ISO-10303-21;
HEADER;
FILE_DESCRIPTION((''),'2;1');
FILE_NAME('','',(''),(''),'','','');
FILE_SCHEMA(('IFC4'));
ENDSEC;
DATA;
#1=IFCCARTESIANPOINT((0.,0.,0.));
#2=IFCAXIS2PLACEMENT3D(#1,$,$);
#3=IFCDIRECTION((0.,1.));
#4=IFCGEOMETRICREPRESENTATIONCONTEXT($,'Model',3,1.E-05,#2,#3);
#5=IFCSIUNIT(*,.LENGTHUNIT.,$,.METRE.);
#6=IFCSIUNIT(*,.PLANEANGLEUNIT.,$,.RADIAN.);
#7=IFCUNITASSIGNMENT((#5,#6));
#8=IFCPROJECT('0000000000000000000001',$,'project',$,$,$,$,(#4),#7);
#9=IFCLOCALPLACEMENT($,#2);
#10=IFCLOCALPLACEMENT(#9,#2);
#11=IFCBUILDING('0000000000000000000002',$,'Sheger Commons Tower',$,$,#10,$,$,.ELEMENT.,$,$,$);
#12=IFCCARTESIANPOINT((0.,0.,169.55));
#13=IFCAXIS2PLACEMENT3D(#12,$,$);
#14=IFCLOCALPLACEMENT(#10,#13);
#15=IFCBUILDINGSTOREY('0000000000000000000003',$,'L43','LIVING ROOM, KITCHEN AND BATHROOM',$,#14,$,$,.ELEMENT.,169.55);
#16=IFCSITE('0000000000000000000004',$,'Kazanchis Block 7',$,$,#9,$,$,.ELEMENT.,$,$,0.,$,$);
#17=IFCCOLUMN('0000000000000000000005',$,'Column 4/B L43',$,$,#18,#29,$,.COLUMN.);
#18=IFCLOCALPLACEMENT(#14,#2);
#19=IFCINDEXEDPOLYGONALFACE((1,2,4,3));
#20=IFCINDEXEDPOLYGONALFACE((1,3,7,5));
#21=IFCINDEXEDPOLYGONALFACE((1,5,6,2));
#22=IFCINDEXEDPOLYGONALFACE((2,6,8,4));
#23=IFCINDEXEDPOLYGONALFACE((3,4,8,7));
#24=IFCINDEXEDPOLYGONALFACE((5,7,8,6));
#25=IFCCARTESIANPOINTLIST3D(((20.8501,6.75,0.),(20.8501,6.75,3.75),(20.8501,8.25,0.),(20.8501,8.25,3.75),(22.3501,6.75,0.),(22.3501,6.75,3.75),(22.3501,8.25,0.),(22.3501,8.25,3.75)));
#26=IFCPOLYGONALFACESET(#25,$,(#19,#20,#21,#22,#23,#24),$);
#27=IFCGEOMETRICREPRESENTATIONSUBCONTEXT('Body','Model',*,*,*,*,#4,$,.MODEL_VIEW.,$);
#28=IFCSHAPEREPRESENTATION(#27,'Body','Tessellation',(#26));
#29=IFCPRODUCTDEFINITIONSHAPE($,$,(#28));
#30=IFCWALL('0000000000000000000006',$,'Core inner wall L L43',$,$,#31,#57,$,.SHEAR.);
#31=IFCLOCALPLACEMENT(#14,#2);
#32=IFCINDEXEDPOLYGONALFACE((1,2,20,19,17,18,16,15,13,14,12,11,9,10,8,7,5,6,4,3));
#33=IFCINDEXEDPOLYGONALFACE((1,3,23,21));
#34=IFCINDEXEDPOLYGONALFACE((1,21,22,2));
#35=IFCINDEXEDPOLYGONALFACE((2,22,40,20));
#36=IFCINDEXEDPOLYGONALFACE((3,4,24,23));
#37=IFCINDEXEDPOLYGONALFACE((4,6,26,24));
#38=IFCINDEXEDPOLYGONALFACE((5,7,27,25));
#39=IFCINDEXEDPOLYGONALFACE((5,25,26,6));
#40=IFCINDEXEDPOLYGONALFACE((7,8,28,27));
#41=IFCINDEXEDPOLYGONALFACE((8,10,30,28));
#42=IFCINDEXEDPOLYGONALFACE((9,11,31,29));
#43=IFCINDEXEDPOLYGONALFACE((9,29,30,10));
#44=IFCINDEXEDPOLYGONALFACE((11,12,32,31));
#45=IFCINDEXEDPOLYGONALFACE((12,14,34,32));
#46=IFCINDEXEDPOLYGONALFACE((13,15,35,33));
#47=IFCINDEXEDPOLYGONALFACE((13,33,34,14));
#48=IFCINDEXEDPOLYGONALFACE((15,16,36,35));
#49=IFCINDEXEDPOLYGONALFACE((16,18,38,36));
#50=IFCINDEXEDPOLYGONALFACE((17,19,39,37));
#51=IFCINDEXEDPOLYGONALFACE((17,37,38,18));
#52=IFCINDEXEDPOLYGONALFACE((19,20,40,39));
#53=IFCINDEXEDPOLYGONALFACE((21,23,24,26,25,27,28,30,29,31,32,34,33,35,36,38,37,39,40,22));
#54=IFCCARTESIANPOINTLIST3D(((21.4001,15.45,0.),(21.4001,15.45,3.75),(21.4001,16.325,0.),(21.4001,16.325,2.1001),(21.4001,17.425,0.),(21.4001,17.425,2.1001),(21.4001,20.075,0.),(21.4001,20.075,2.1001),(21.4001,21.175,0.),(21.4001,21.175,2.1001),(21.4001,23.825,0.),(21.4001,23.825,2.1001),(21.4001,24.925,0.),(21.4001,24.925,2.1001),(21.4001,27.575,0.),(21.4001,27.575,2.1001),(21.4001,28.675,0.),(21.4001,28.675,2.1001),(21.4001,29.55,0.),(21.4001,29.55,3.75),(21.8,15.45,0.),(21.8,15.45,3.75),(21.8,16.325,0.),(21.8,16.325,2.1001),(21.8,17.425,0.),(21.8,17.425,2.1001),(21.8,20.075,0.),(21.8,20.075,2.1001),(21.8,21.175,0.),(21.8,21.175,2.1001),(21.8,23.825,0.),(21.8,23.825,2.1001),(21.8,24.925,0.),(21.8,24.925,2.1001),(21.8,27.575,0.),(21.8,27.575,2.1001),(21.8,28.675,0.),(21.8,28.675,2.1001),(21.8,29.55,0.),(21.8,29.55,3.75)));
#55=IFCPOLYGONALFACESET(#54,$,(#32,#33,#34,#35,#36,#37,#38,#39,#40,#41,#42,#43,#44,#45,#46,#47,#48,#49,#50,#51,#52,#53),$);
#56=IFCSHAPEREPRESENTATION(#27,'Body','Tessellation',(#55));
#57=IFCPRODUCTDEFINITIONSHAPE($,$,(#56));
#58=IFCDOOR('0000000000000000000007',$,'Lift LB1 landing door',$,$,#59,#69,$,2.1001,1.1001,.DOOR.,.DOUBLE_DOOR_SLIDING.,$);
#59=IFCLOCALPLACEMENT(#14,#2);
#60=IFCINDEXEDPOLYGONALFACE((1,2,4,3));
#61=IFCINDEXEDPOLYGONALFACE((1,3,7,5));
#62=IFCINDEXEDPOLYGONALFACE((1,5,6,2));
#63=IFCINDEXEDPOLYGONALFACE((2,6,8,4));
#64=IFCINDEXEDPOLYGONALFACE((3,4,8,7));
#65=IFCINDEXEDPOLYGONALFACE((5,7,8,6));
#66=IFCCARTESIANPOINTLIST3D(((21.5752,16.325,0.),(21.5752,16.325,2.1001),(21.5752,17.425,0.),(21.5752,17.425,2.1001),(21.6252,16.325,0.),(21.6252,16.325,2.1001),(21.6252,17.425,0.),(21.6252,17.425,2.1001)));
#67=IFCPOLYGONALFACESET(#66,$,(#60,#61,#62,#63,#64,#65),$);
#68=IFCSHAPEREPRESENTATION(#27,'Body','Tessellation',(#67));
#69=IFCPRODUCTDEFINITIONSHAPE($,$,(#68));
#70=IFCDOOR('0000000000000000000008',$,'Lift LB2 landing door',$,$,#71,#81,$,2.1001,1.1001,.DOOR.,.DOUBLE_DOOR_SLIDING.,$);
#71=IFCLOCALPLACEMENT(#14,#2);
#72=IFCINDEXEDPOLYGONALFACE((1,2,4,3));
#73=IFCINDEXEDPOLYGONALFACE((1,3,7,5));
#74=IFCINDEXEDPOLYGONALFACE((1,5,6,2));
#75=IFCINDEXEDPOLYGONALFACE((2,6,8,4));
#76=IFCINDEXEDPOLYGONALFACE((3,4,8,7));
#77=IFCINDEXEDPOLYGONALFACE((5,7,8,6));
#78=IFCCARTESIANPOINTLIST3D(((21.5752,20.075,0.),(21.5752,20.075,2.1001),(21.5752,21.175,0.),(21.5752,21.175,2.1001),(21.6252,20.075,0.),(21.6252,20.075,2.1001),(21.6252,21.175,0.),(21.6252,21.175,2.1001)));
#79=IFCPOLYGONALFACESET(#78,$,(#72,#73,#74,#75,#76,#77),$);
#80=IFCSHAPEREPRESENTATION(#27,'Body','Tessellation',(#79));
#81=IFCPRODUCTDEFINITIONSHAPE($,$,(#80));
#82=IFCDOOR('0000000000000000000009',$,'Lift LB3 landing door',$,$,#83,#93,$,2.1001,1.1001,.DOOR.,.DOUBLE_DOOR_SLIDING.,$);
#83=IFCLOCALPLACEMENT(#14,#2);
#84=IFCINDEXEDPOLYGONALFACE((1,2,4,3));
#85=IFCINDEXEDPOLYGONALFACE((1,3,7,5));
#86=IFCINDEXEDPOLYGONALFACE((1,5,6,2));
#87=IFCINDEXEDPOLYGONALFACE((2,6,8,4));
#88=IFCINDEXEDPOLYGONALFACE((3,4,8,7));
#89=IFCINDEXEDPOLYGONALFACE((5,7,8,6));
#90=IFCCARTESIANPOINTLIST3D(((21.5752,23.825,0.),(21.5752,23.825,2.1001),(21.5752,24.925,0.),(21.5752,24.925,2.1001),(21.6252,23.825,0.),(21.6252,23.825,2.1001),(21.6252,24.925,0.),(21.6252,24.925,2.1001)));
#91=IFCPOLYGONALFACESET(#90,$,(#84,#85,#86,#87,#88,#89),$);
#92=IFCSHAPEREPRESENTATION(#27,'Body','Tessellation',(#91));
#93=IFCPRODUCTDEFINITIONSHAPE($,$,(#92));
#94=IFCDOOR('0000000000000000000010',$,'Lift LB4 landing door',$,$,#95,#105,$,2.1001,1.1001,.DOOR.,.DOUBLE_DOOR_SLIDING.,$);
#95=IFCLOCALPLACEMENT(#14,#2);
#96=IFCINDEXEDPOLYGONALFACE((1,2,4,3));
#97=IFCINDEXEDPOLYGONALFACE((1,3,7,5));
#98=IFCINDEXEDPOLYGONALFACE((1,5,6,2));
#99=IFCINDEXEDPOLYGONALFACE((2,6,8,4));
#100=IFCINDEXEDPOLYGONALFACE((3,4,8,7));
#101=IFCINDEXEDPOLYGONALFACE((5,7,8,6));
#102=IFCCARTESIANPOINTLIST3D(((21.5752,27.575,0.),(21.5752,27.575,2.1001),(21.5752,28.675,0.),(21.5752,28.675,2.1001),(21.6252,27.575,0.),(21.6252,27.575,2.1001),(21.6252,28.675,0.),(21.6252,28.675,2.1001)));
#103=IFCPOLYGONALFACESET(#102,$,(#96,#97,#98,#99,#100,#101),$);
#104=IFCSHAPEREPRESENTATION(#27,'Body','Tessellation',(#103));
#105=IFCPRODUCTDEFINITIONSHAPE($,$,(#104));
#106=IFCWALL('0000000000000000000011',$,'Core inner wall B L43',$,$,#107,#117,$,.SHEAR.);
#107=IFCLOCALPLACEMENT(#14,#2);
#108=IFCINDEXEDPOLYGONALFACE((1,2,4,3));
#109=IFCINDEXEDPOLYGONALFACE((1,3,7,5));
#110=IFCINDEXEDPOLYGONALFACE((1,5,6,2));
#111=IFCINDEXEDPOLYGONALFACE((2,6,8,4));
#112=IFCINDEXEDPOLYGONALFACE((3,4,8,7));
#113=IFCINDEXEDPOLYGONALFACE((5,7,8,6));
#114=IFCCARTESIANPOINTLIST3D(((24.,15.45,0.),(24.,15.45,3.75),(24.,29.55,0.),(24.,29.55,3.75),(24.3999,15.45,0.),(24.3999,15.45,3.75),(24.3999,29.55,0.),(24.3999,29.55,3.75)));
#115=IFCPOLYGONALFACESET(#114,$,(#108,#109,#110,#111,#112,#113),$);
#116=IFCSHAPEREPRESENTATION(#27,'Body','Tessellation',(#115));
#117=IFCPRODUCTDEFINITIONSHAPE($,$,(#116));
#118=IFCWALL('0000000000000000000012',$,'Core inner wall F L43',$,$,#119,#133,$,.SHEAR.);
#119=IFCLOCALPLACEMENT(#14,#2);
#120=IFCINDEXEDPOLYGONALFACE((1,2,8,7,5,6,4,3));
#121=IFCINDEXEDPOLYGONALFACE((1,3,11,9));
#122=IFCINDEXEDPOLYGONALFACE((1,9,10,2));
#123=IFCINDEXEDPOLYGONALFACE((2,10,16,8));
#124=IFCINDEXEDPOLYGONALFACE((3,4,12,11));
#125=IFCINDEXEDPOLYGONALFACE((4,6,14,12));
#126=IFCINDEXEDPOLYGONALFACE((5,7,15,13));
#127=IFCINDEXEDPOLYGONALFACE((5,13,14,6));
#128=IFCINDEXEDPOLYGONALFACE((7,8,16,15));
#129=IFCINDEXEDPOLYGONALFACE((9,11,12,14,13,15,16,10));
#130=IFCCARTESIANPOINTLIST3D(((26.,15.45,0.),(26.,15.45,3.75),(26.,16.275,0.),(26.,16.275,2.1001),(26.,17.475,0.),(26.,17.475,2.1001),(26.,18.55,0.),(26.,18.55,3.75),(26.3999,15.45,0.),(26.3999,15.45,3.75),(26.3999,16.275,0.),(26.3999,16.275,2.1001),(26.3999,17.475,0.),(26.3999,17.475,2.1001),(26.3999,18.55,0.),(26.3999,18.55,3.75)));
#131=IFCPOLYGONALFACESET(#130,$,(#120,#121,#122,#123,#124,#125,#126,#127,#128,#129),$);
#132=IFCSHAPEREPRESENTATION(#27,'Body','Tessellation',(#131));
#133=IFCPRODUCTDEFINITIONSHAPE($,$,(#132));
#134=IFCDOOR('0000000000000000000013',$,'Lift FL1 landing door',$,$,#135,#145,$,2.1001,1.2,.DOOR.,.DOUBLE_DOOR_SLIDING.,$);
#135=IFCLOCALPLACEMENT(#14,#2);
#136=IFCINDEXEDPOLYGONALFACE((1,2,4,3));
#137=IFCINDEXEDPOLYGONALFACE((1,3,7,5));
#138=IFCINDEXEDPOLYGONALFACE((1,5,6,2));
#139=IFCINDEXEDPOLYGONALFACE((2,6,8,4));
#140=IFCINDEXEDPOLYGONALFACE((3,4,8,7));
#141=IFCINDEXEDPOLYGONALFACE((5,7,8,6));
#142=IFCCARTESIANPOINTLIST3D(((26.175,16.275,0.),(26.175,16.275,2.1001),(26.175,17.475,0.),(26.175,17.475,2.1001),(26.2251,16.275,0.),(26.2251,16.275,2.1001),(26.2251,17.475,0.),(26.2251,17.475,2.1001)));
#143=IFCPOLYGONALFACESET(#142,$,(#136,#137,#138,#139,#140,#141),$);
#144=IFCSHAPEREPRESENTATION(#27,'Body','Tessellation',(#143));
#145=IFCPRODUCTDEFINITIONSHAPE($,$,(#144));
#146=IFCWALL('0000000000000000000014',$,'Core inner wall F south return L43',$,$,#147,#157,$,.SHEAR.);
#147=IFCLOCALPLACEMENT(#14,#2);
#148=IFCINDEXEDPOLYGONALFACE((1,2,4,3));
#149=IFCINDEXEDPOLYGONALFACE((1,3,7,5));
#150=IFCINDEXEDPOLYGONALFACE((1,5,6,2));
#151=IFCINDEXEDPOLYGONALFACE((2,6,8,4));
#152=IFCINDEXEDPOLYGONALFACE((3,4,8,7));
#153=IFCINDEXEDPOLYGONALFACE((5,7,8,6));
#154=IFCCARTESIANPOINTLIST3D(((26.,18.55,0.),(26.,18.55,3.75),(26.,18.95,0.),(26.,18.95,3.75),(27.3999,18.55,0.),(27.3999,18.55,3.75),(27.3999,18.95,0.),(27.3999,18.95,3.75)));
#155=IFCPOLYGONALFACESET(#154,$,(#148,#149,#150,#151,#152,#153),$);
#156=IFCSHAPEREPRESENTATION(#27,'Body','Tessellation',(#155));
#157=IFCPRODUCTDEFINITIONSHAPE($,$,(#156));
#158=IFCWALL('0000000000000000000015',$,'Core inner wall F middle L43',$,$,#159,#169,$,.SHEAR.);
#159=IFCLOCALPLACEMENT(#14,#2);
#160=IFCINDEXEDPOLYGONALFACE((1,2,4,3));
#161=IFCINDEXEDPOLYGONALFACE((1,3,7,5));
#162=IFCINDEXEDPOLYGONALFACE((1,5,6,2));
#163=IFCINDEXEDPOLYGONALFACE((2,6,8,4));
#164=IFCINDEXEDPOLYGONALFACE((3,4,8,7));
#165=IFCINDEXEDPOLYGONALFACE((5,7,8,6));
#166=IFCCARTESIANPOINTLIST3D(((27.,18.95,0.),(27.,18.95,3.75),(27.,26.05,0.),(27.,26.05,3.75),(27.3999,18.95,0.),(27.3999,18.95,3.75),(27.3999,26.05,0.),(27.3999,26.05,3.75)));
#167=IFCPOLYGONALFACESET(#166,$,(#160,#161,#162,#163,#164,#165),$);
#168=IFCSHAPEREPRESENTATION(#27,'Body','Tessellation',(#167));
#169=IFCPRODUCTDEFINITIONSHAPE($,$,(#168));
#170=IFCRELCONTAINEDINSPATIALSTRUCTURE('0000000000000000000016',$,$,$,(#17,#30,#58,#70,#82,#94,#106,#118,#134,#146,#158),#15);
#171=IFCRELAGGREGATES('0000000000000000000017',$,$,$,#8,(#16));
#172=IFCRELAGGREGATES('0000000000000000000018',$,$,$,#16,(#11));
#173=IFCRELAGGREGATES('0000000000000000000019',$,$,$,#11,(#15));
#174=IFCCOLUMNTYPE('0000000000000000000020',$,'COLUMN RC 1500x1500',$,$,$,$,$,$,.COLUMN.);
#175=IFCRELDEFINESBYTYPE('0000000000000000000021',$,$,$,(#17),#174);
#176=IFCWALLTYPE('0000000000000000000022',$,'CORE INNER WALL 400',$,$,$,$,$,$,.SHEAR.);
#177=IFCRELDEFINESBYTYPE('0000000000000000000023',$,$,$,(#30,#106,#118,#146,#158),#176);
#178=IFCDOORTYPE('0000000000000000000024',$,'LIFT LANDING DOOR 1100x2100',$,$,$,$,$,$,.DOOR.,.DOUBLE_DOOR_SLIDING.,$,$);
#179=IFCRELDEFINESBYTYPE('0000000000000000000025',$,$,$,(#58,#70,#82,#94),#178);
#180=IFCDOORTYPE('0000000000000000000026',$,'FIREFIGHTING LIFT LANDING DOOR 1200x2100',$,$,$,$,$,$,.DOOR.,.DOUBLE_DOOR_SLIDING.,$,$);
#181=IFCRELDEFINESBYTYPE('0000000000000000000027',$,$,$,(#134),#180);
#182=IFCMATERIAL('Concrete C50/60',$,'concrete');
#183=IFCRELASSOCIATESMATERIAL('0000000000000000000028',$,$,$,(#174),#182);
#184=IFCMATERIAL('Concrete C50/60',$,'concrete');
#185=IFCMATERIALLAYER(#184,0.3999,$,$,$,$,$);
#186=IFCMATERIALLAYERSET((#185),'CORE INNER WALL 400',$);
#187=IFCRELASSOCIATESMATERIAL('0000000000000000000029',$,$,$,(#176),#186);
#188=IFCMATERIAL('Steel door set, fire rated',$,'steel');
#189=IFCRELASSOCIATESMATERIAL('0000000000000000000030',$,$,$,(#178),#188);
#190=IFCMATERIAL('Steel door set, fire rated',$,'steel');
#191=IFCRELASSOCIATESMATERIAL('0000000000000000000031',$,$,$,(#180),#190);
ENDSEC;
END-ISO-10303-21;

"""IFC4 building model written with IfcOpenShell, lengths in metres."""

from ifc_helpers import new_model, si_unit, direction, frame, frame_2d, origin, origin_2d, place, context, subcontext, project, spatial, rectangle, extrude, material, layer, layer_set, material_profile, profile_set, type_object, element, fill, save


model = new_model("IFC4")

# Units and contexts
model_context = context("Model", 3, precision=1e-05, world=origin(), true_north=direction((0.0, 1.0)))
body_context = subcontext(model_context, "Body", "Model", "MODEL_VIEW")
ifc_project = project(units=[si_unit("LENGTHUNIT", "METRE"), si_unit("PLANEANGLEUNIT", "RADIAN")], contexts=[model_context])

# Site, building, storey
site_placement = place(None, origin())
site = spatial("IfcSite", under=ifc_project, at=site_placement, Name="Kazanchis Block 7", CompositionType="ELEMENT", RefElevation=0.0)
building_placement = place(site_placement, origin())
building = spatial("IfcBuilding", under=site, at=building_placement, Name="Sheger Commons Tower", CompositionType="ELEMENT")
storey_placement = place(building_placement, frame((0.0, 0.0, 169.55)))
storey = spatial("IfcBuildingStorey", under=building, at=storey_placement, Name="L43", Description="LIVING ROOM, KITCHEN AND BATHROOM", CompositionType="ELEMENT", Elevation=169.55)

# Column
ifc_material_1 = material(Name="Concrete C50/60", Category="concrete")
ifc_material_profile = material_profile(ifc_material_1, rectangle(XDim=1.5, YDim=1.5, at=origin_2d()), Name="RC 1500x1500")
ifc_profile_set = profile_set([ifc_material_profile], Name="Concrete C50/60")
column_type = type_object("IfcColumnType", Name="COLUMN RC 1500x1500", PredefinedType="COLUMN", material=ifc_profile_set)
column_placement = place(storey_placement, frame((21.6001, 7.5, 0.0), z_axis=(0.0, 0.0, 1.0), x_axis=(1.0, 0.0, 0.0)))
element("IfcColumn", 1, at=column_placement, inside=storey, type_object=column_type, Name="Column 4/B L43", PredefinedType="COLUMN", context=body_context, shape_type="SweptSolid", body=[
    extrude(rectangle(XDim=1.5, YDim=1.5, at=origin_2d()), origin(), (0.0, 0.0, 1.0), 3.75),
])

# Wall, openings, doors
ifc_material_2 = material(Name="Concrete C50/60", Category="concrete")
ifc_layer_1 = layer(ifc_material_2, 0.3999)
ifc_layer_set_1 = layer_set([ifc_layer_1], Name="CORE INNER WALL 400")
wall_type_1 = type_object("IfcWallType", Name="CORE INNER WALL 400", PredefinedType="SHEAR", material=ifc_layer_set_1)
wall_1_placement = place(storey_placement, frame((21.6001, 15.45, 0.0), z_axis=(0.0, 0.0, 1.0), x_axis=(0.0, 1.0, 0.0)))
wall_1 = element("IfcWall", 2, at=wall_1_placement, inside=storey, type_object=wall_type_1, Name="Core inner wall L L43", PredefinedType="SHEAR", context=body_context, shape_type="SweptSolid", body=[
    extrude(rectangle(XDim=14.1001, YDim=0.3999, at=frame_2d((7.05, 0.0))), origin(), (0.0, 0.0, 1.0), 3.75),
])
opening_1_placement = place(wall_1_placement, frame((0.875, 0.0, 0.0)))
opening_1 = element("IfcOpeningElement", 3, at=opening_1_placement, cuts=wall_1, PredefinedType="OPENING", context=body_context, shape_type="SweptSolid", body=[
    extrude(rectangle(XDim=1.1001, YDim=2.1001, at=frame_2d((0.55, 1.05))), frame((0.0, 0.21, 0.0), z_axis=(0.0, -1.0, 0.0), x_axis=(1.0, 0.0, 0.0)), (0.0, 0.0, 1.0), 0.4199),
])
opening_2_placement = place(wall_1_placement, frame((4.625, 0.0, 0.0)))
opening_2 = element("IfcOpeningElement", 4, at=opening_2_placement, cuts=wall_1, PredefinedType="OPENING", context=body_context, shape_type="SweptSolid", body=[
    extrude(rectangle(XDim=1.1001, YDim=2.1001, at=frame_2d((0.55, 1.05))), frame((0.0, 0.21, 0.0), z_axis=(0.0, -1.0, 0.0), x_axis=(1.0, 0.0, 0.0)), (0.0, 0.0, 1.0), 0.4199),
])
opening_3_placement = place(wall_1_placement, frame((8.375, 0.0, 0.0)))
opening_3 = element("IfcOpeningElement", 5, at=opening_3_placement, cuts=wall_1, PredefinedType="OPENING", context=body_context, shape_type="SweptSolid", body=[
    extrude(rectangle(XDim=1.1001, YDim=2.1001, at=frame_2d((0.55, 1.05))), frame((0.0, 0.21, 0.0), z_axis=(0.0, -1.0, 0.0), x_axis=(1.0, 0.0, 0.0)), (0.0, 0.0, 1.0), 0.4199),
])
opening_4_placement = place(wall_1_placement, frame((12.125, 0.0, 0.0)))
opening_4 = element("IfcOpeningElement", 6, at=opening_4_placement, cuts=wall_1, PredefinedType="OPENING", context=body_context, shape_type="SweptSolid", body=[
    extrude(rectangle(XDim=1.1001, YDim=2.1001, at=frame_2d((0.55, 1.05))), frame((0.0, 0.21, 0.0), z_axis=(0.0, -1.0, 0.0), x_axis=(1.0, 0.0, 0.0)), (0.0, 0.0, 1.0), 0.4199),
])
ifc_material_3 = material(Name="Steel door set, fire rated", Category="steel")
door_type_1 = type_object("IfcDoorType", Name="LIFT LANDING DOOR 1100x2100", OperationType="DOUBLE_DOOR_SLIDING", PredefinedType="DOOR", material=ifc_material_3)
door_1_placement = place(opening_1_placement, origin())
door_1 = element("IfcDoor", 7, at=door_1_placement, inside=storey, type_object=door_type_1, Name="Lift LB1 landing door", OperationType="DOUBLE_DOOR_SLIDING", OverallHeight=2.1001, OverallWidth=1.1001, PredefinedType="DOOR", context=body_context, shape_type="SweptSolid", body=[
    extrude(rectangle(XDim=1.1001, YDim=2.1001, at=frame_2d((0.55, 1.05))), frame((0.0, 0.0249, 0.0), z_axis=(0.0, -1.0, 0.0), x_axis=(1.0, 0.0, 0.0)), (0.0, 0.0, 1.0), 0.05),
])
fill(opening_1, door_1)
door_2_placement = place(opening_2_placement, origin())
door_2 = element("IfcDoor", 8, at=door_2_placement, inside=storey, type_object=door_type_1, Name="Lift LB2 landing door", OperationType="DOUBLE_DOOR_SLIDING", OverallHeight=2.1001, OverallWidth=1.1001, PredefinedType="DOOR", context=body_context, shape_type="SweptSolid", body=[
    extrude(rectangle(XDim=1.1001, YDim=2.1001, at=frame_2d((0.55, 1.05))), frame((0.0, 0.0249, 0.0), z_axis=(0.0, -1.0, 0.0), x_axis=(1.0, 0.0, 0.0)), (0.0, 0.0, 1.0), 0.05),
])
fill(opening_2, door_2)
door_3_placement = place(opening_3_placement, origin())
door_3 = element("IfcDoor", 9, at=door_3_placement, inside=storey, type_object=door_type_1, Name="Lift LB3 landing door", OperationType="DOUBLE_DOOR_SLIDING", OverallHeight=2.1001, OverallWidth=1.1001, PredefinedType="DOOR", context=body_context, shape_type="SweptSolid", body=[
    extrude(rectangle(XDim=1.1001, YDim=2.1001, at=frame_2d((0.55, 1.05))), frame((0.0, 0.0249, 0.0), z_axis=(0.0, -1.0, 0.0), x_axis=(1.0, 0.0, 0.0)), (0.0, 0.0, 1.0), 0.05),
])
fill(opening_3, door_3)
door_4_placement = place(opening_4_placement, origin())
door_4 = element("IfcDoor", 10, at=door_4_placement, inside=storey, type_object=door_type_1, Name="Lift LB4 landing door", OperationType="DOUBLE_DOOR_SLIDING", OverallHeight=2.1001, OverallWidth=1.1001, PredefinedType="DOOR", context=body_context, shape_type="SweptSolid", body=[
    extrude(rectangle(XDim=1.1001, YDim=2.1001, at=frame_2d((0.55, 1.05))), frame((0.0, 0.0249, 0.0), z_axis=(0.0, -1.0, 0.0), x_axis=(1.0, 0.0, 0.0)), (0.0, 0.0, 1.0), 0.05),
])
fill(opening_4, door_4)

# Wall
wall_2_placement = place(storey_placement, frame((24.2, 15.45, 0.0), z_axis=(0.0, 0.0, 1.0), x_axis=(0.0, 1.0, 0.0)))
element("IfcWall", 11, at=wall_2_placement, inside=storey, type_object=wall_type_1, Name="Core inner wall B L43", PredefinedType="SHEAR", context=body_context, shape_type="SweptSolid", body=[
    extrude(rectangle(XDim=14.1001, YDim=0.3999, at=frame_2d((7.05, 0.0))), origin(), (0.0, 0.0, 1.0), 3.75),
])

# Wall, opening, door
wall_3_placement = place(storey_placement, frame((26.2, 15.45, 0.0), z_axis=(0.0, 0.0, 1.0), x_axis=(0.0, 1.0, 0.0)))
wall_3 = element("IfcWall", 12, at=wall_3_placement, inside=storey, type_object=wall_type_1, Name="Core inner wall F L43", PredefinedType="SHEAR", context=body_context, shape_type="SweptSolid", body=[
    extrude(rectangle(XDim=3.1001, YDim=0.3999, at=frame_2d((1.55, 0.0))), origin(), (0.0, 0.0, 1.0), 3.75),
])
opening_5_placement = place(wall_3_placement, frame((0.825, 0.0, 0.0)))
opening_5 = element("IfcOpeningElement", 13, at=opening_5_placement, cuts=wall_3, PredefinedType="OPENING", context=body_context, shape_type="SweptSolid", body=[
    extrude(rectangle(XDim=1.2, YDim=2.1001, at=frame_2d((0.6001, 1.05))), frame((0.0, 0.21, 0.0), z_axis=(0.0, -1.0, 0.0), x_axis=(1.0, 0.0, 0.0)), (0.0, 0.0, 1.0), 0.4199),
])
ifc_material_4 = material(Name="Steel door set, fire rated", Category="steel")
door_type_2 = type_object("IfcDoorType", Name="FIREFIGHTING LIFT LANDING DOOR 1200x2100", OperationType="DOUBLE_DOOR_SLIDING", PredefinedType="DOOR", material=ifc_material_4)
door_5_placement = place(opening_5_placement, origin())
door_5 = element("IfcDoor", 14, at=door_5_placement, inside=storey, type_object=door_type_2, Name="Lift FL1 landing door", OperationType="DOUBLE_DOOR_SLIDING", OverallHeight=2.1001, OverallWidth=1.2, PredefinedType="DOOR", context=body_context, shape_type="SweptSolid", body=[
    extrude(rectangle(XDim=1.2, YDim=2.1001, at=frame_2d((0.6001, 1.05))), frame((0.0, 0.0249, 0.0), z_axis=(0.0, -1.0, 0.0), x_axis=(1.0, 0.0, 0.0)), (0.0, 0.0, 1.0), 0.05),
])
fill(opening_5, door_5)

# Walls
wall_4_placement = place(storey_placement, frame((26.0, 18.75, 0.0), z_axis=(0.0, 0.0, 1.0), x_axis=(1.0, 0.0, 0.0)))
element("IfcWall", 15, at=wall_4_placement, inside=storey, type_object=wall_type_1, Name="Core inner wall F south return L43", PredefinedType="SHEAR", context=body_context, shape_type="SweptSolid", body=[
    extrude(rectangle(XDim=1.3999, YDim=0.3999, at=frame_2d((0.7, 0.0))), origin(), (0.0, 0.0, 1.0), 3.75),
])
wall_5_placement = place(storey_placement, frame((27.2, 18.95, 0.0), z_axis=(0.0, 0.0, 1.0), x_axis=(0.0, 1.0, 0.0)))
element("IfcWall", 16, at=wall_5_placement, inside=storey, type_object=wall_type_1, Name="Core inner wall F middle L43", PredefinedType="SHEAR", context=body_context, shape_type="SweptSolid", body=[
    extrude(rectangle(XDim=7.1001, YDim=0.3999, at=frame_2d((3.55, 0.0))), origin(), (0.0, 0.0, 1.0), 3.75),
])

save(model, "model.ifc")
